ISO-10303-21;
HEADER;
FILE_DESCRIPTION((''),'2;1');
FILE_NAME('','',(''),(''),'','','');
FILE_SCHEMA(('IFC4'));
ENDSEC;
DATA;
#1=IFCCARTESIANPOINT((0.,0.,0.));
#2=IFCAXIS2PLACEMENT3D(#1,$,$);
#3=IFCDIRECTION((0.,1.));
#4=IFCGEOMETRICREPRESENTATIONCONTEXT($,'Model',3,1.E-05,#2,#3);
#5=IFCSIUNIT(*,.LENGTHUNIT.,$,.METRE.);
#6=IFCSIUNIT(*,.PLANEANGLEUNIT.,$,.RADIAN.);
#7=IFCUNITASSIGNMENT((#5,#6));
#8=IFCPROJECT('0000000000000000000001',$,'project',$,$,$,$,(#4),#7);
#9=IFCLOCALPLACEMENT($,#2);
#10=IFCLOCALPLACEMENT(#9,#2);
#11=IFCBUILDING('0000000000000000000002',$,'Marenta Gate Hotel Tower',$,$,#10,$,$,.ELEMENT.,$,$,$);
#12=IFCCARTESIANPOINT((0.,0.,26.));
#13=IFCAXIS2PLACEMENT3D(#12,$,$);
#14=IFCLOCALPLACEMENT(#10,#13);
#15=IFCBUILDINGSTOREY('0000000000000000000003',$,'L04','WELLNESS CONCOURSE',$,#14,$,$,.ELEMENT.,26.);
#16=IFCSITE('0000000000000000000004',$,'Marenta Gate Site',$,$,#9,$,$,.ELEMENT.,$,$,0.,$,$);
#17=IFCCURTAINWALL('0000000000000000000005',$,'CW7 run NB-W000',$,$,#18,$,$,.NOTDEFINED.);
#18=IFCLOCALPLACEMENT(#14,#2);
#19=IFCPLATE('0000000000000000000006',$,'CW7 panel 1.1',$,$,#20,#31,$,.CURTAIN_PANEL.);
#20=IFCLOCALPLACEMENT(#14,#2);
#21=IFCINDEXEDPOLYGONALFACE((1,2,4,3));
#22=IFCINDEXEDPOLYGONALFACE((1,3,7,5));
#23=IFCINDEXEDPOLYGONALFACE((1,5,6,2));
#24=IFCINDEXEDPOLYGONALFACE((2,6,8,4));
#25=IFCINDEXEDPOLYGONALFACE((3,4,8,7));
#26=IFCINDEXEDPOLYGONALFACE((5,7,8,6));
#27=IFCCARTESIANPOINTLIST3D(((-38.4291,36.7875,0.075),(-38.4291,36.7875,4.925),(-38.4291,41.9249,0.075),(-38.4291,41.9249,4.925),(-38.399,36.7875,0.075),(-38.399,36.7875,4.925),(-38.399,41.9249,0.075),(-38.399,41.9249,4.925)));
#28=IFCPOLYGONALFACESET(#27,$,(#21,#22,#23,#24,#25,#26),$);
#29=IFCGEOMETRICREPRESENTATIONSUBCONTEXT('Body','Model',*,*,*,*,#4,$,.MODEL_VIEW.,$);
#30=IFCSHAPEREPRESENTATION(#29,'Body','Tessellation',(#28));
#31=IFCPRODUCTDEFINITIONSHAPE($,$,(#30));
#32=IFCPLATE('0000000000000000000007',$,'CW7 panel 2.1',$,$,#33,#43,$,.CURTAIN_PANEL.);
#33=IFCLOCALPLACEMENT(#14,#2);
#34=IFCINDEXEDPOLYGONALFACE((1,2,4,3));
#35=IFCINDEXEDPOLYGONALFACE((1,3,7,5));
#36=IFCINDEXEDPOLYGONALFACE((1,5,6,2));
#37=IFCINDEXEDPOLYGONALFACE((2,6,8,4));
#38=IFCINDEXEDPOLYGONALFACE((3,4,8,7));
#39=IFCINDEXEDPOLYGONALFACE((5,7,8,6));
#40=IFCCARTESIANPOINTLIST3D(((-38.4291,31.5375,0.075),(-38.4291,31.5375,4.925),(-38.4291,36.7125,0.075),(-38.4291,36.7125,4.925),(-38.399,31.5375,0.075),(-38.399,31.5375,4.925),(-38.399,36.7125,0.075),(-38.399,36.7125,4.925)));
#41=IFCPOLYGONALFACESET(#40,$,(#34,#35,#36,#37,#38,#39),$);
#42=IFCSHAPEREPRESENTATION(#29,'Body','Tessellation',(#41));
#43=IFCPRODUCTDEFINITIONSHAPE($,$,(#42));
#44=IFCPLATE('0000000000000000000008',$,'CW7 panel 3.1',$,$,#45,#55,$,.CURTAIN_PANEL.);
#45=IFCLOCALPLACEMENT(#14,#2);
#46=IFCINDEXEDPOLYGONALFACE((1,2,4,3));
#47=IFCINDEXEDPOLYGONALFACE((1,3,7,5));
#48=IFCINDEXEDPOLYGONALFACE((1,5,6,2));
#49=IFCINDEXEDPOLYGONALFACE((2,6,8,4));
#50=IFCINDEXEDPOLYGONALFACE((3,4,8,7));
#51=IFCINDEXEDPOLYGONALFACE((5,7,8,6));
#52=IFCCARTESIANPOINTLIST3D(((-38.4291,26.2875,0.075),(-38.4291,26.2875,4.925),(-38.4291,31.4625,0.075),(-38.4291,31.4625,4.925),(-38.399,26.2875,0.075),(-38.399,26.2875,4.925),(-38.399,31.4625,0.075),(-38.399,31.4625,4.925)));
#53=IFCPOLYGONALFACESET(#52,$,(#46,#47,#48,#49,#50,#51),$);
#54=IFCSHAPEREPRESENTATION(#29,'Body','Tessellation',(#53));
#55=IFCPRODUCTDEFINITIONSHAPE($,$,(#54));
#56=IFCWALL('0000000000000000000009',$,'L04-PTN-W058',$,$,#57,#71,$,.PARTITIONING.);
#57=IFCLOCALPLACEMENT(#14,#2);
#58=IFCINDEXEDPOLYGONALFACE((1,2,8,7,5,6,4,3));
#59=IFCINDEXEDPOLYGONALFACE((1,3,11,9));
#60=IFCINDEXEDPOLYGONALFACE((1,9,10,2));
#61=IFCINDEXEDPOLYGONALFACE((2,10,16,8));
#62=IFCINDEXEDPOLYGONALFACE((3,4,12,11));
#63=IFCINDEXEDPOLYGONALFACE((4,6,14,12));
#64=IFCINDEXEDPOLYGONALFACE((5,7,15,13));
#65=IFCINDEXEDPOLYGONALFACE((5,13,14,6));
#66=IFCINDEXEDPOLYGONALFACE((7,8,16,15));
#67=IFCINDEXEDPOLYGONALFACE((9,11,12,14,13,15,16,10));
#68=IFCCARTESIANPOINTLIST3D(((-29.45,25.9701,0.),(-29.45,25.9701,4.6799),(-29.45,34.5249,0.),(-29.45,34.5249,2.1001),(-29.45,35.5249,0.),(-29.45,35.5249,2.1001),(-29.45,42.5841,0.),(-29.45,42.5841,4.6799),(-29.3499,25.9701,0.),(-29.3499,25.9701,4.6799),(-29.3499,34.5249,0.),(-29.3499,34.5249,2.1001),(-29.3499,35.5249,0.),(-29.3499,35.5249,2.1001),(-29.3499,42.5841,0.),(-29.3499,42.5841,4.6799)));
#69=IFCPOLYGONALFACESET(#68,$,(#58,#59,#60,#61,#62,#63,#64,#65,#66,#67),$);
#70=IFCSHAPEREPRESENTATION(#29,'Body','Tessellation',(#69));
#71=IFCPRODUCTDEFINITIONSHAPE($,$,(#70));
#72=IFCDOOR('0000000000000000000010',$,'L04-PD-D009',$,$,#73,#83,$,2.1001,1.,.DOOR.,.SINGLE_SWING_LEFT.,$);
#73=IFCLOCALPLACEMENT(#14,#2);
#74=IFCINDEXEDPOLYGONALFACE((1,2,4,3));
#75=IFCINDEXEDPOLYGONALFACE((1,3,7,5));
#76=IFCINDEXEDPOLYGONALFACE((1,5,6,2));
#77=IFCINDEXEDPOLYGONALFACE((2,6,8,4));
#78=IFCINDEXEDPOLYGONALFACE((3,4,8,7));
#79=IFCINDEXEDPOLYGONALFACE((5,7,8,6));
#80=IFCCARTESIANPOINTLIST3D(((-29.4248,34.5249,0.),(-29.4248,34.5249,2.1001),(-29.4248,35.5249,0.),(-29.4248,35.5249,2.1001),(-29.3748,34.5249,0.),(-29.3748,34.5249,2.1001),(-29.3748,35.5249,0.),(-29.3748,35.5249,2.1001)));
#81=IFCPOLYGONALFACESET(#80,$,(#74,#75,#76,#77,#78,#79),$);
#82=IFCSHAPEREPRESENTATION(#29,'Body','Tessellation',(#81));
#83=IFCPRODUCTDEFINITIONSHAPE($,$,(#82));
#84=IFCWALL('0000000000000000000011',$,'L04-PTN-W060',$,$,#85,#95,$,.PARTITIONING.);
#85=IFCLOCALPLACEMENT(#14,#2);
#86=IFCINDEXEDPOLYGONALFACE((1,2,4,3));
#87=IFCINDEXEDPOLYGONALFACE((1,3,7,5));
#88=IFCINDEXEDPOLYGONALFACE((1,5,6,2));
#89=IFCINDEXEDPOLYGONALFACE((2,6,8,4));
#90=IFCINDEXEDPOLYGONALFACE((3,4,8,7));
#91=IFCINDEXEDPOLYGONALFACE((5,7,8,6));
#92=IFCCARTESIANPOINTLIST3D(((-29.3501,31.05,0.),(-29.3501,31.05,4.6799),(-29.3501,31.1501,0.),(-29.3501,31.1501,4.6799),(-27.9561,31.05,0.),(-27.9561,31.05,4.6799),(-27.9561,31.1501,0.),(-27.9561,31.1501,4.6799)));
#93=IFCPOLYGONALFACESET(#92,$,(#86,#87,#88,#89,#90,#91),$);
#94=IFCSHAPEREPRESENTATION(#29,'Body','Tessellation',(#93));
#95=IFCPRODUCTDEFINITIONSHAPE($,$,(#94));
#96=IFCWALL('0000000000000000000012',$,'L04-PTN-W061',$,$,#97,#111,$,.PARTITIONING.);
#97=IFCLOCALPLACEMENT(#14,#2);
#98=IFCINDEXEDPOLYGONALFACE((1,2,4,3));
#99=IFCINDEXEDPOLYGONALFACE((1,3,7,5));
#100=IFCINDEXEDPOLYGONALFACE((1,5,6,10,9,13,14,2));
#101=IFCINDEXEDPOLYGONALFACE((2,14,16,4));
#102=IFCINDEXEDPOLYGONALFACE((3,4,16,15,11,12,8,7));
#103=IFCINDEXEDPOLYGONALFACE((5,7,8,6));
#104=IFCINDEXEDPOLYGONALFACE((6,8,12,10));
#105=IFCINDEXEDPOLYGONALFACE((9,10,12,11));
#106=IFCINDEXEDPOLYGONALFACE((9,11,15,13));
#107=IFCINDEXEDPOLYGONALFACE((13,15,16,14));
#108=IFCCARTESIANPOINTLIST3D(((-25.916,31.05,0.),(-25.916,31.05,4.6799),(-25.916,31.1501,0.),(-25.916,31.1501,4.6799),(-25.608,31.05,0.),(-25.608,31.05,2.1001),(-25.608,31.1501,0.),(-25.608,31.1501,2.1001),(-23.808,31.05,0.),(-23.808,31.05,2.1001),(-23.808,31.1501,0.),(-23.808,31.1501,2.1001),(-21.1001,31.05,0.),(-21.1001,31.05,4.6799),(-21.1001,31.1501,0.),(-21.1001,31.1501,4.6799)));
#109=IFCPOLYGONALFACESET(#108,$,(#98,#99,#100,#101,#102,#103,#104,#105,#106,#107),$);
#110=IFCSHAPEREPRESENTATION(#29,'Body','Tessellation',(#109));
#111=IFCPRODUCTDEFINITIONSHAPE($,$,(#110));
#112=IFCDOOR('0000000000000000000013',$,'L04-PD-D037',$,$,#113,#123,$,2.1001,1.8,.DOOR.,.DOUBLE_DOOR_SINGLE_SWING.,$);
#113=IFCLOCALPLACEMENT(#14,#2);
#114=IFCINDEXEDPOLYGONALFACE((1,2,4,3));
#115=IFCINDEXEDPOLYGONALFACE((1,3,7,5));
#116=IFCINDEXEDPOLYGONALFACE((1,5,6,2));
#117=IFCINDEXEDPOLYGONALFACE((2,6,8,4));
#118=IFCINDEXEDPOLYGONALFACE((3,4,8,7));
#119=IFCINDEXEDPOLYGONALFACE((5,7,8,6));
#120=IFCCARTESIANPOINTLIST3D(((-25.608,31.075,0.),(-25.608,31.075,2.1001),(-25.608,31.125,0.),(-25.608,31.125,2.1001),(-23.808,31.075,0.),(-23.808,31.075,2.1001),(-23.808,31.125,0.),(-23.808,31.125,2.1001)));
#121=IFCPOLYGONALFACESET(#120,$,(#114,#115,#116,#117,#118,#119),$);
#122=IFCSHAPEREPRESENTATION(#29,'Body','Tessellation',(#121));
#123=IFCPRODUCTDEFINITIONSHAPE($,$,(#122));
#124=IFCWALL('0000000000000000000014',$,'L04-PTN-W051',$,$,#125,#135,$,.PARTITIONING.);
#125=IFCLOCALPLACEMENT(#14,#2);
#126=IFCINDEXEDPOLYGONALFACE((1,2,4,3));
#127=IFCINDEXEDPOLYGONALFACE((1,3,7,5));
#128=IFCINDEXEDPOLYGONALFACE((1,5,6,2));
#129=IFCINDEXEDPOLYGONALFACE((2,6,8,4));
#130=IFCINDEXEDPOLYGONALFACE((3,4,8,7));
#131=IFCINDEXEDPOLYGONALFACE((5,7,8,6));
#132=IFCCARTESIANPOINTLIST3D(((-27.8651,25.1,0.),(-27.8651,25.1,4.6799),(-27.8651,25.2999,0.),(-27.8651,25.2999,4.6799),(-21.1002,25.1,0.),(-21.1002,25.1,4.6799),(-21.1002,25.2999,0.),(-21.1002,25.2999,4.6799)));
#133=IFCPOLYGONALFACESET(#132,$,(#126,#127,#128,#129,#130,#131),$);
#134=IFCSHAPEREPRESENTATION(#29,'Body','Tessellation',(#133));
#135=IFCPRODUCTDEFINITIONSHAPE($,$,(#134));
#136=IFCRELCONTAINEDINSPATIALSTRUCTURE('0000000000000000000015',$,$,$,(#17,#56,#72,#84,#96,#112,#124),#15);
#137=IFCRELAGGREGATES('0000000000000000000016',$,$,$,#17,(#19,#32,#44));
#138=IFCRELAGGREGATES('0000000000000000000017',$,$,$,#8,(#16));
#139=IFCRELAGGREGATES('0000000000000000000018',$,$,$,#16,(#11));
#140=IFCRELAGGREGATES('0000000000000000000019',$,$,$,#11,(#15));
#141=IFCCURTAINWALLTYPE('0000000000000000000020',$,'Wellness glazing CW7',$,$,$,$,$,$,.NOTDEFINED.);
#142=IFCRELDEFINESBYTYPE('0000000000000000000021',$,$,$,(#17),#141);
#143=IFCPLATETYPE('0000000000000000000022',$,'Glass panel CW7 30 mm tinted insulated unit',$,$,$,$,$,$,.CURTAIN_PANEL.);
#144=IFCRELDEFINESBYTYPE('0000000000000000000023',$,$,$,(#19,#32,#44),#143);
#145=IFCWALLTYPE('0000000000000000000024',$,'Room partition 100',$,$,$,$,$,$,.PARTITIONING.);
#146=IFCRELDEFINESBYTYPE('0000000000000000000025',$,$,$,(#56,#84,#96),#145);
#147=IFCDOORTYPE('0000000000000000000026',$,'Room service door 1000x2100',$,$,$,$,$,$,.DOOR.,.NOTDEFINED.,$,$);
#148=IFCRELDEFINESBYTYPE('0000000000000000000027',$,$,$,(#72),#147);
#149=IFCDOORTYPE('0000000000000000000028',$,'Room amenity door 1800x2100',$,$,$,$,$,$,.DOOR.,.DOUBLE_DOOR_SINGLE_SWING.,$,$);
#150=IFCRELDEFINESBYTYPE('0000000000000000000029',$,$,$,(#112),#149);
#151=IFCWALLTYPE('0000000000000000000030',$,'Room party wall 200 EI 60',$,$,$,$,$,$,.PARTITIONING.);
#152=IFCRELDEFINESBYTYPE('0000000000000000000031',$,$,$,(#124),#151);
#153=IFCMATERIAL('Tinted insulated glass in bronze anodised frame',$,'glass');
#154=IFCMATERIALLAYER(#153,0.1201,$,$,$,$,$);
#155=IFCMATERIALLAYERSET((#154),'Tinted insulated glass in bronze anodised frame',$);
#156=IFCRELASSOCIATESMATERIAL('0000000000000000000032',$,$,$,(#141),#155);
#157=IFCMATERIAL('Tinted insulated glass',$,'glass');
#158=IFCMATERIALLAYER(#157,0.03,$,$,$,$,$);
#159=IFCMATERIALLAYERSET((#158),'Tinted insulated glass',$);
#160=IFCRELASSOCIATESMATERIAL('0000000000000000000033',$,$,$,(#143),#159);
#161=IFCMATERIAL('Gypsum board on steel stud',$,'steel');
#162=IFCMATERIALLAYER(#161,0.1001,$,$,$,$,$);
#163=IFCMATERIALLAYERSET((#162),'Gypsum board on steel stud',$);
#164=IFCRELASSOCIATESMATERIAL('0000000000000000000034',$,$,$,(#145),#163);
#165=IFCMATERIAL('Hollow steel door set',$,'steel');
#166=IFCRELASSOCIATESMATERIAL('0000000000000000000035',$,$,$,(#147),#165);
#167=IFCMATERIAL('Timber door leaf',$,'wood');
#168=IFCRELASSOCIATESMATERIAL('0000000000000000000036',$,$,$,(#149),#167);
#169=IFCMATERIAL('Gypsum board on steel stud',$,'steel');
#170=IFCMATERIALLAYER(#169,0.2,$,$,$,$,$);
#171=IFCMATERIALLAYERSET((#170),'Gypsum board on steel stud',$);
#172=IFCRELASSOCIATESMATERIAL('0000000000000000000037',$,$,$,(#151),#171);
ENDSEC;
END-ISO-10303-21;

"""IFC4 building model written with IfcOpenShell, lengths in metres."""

from ifc_helpers import new_model, si_unit, direction, frame, frame_2d, origin, origin_2d, place, context, subcontext, project, spatial, rectangle, extrude, material, layer, layer_set, type_object, element, fill, aggregate, save


model = new_model("IFC4")

# Units and contexts
model_context = context("Model", 3, precision=1e-05, world=origin(), true_north=direction((0.0, 1.0)))
body_context = subcontext(model_context, "Body", "Model", "MODEL_VIEW")
ifc_project = project(units=[si_unit("LENGTHUNIT", "METRE"), si_unit("PLANEANGLEUNIT", "RADIAN")], contexts=[model_context])

# Site, building, storey
site_placement = place(None, origin())
site = spatial("IfcSite", under=ifc_project, at=site_placement, Name="Marenta Gate Site", CompositionType="ELEMENT", RefElevation=0.0)
building_placement = place(site_placement, origin())
building = spatial("IfcBuilding", under=site, at=building_placement, Name="Marenta Gate Hotel Tower", CompositionType="ELEMENT")
storey_placement = place(building_placement, frame((0.0, 0.0, 26.0)))
storey = spatial("IfcBuildingStorey", under=building, at=storey_placement, Name="L04", Description="WELLNESS CONCOURSE", CompositionType="ELEMENT", Elevation=26.0)

# Curtain wall
ifc_material_1 = material(Name="Tinted insulated glass in bronze anodised frame", Category="glass")
ifc_layer_1 = layer(ifc_material_1, 0.1201)
ifc_layer_set_1 = layer_set([ifc_layer_1], Name="Tinted insulated glass in bronze anodised frame")
curtain_wall_type = type_object("IfcCurtainWallType", Name="Wellness glazing CW7", PredefinedType="NOTDEFINED", material=ifc_layer_set_1)
curtain_wall_placement = place(storey_placement, origin())
curtain_wall = element("IfcCurtainWall", 1, at=curtain_wall_placement, inside=storey, type_object=curtain_wall_type, Name="CW7 run NB-W000", PredefinedType="NOTDEFINED")

# Plates
ifc_material_2 = material(Name="Tinted insulated glass", Category="glass")
ifc_layer_2 = layer(ifc_material_2, 0.03)
ifc_layer_set_2 = layer_set([ifc_layer_2], Name="Tinted insulated glass")
plate_type = type_object("IfcPlateType", Name="Glass panel CW7 30 mm tinted insulated unit", PredefinedType="CURTAIN_PANEL", material=ifc_layer_set_2)
plate_1_placement = place(storey_placement, frame((-38.4141, 39.3562, 0.075), z_axis=(0.0, 0.0, 1.0), x_axis=(0.0, -1.0, 0.0)))
plate_1 = element("IfcPlate", 2, at=plate_1_placement, type_object=plate_type, Name="CW7 panel 1.1", PredefinedType="CURTAIN_PANEL", context=body_context, shape_type="SweptSolid", body=[
    extrude(rectangle(XDim=5.1375, YDim=0.03, at=origin_2d()), origin(), (0.0, 0.0, 1.0), 4.8501),
])
plate_2_placement = place(storey_placement, frame((-38.4141, 34.125, 0.075), z_axis=(0.0, 0.0, 1.0), x_axis=(0.0, -1.0, 0.0)))
plate_2 = element("IfcPlate", 3, at=plate_2_placement, type_object=plate_type, Name="CW7 panel 2.1", PredefinedType="CURTAIN_PANEL", context=body_context, shape_type="SweptSolid", body=[
    extrude(rectangle(XDim=5.175, YDim=0.03, at=origin_2d()), origin(), (0.0, 0.0, 1.0), 4.8501),
])
plate_3_placement = place(storey_placement, frame((-38.4141, 28.875, 0.075), z_axis=(0.0, 0.0, 1.0), x_axis=(0.0, -1.0, 0.0)))
plate_3 = element("IfcPlate", 4, at=plate_3_placement, type_object=plate_type, Name="CW7 panel 3.1", PredefinedType="CURTAIN_PANEL", context=body_context, shape_type="SweptSolid", body=[
    extrude(rectangle(XDim=5.175, YDim=0.03, at=origin_2d()), origin(), (0.0, 0.0, 1.0), 4.8501),
])
aggregate(curtain_wall, [plate_1, plate_2, plate_3])

# Wall, opening, door
ifc_material_3 = material(Name="Gypsum board on steel stud", Category="steel")
ifc_layer_3 = layer(ifc_material_3, 0.1001)
ifc_layer_set_3 = layer_set([ifc_layer_3], Name="Gypsum board on steel stud")
wall_type_1 = type_object("IfcWallType", Name="Room partition 100", PredefinedType="PARTITIONING", material=ifc_layer_set_3)
wall_1_placement = place(storey_placement, frame((-29.3999, 25.97, 0.0), z_axis=(0.0, 0.0, 1.0), x_axis=(0.0, 1.0, 0.0)))
wall_1 = element("IfcWall", 5, at=wall_1_placement, inside=storey, type_object=wall_type_1, Name="L04-PTN-W058", PredefinedType="PARTITIONING", context=body_context, shape_type="SweptSolid", body=[
    extrude(rectangle(XDim=16.614, YDim=0.1001, at=frame_2d((8.3071, 0.0))), origin(), (0.0, 0.0, 1.0), 4.6799),
])
opening_1_placement = place(wall_1_placement, frame((8.5549, 0.0, 0.0)))
opening_1 = element("IfcOpeningElement", 6, at=opening_1_placement, cuts=wall_1, PredefinedType="OPENING", context=body_context, shape_type="SweptSolid", body=[
    extrude(rectangle(XDim=1.0, YDim=2.1001, at=frame_2d((0.5, 1.05))), frame((0.0, 0.05, 0.0), z_axis=(0.0, -1.0, 0.0), x_axis=(1.0, 0.0, 0.0)), (0.0, 0.0, 1.0), 0.1001),
])
ifc_material_4 = material(Name="Hollow steel door set", Category="steel")
door_type_1 = type_object("IfcDoorType", Name="Room service door 1000x2100", OperationType="NOTDEFINED", PredefinedType="DOOR", material=ifc_material_4)
door_1_placement = place(opening_1_placement, origin())
door_1 = element("IfcDoor", 7, at=door_1_placement, inside=storey, type_object=door_type_1, Name="L04-PD-D009", OperationType="SINGLE_SWING_LEFT", OverallHeight=2.1001, OverallWidth=1.0, PredefinedType="DOOR", context=body_context, shape_type="SweptSolid", body=[
    extrude(rectangle(XDim=1.0, YDim=2.1001, at=frame_2d((0.5, 1.05))), frame((0.0, 0.0249, 0.0), z_axis=(0.0, -1.0, 0.0), x_axis=(1.0, 0.0, 0.0)), (0.0, 0.0, 1.0), 0.05),
])
fill(opening_1, door_1)

# Wall
wall_2_placement = place(storey_placement, frame((-29.3501, 31.1001, 0.0), z_axis=(0.0, 0.0, 1.0), x_axis=(1.0, 0.0, 0.0)))
element("IfcWall", 8, at=wall_2_placement, inside=storey, type_object=wall_type_1, Name="L04-PTN-W060", PredefinedType="PARTITIONING", context=body_context, shape_type="SweptSolid", body=[
    extrude(rectangle(XDim=1.394, YDim=0.1001, at=frame_2d((0.697, 0.0))), origin(), (0.0, 0.0, 1.0), 4.6799),
])

# Wall, opening, door
wall_3_placement = place(storey_placement, frame((-25.916, 31.1001, 0.0), z_axis=(0.0, 0.0, 1.0), x_axis=(1.0, 0.0, 0.0)))
wall_3 = element("IfcWall", 9, at=wall_3_placement, inside=storey, type_object=wall_type_1, Name="L04-PTN-W061", PredefinedType="PARTITIONING", context=body_context, shape_type="SweptSolid", body=[
    extrude(rectangle(XDim=4.8159, YDim=0.1001, at=frame_2d((2.408, 0.0))), origin(), (0.0, 0.0, 1.0), 4.6799),
])
opening_2_placement = place(wall_3_placement, frame((0.3081, 0.0, 0.0)))
opening_2 = element("IfcOpeningElement", 10, at=opening_2_placement, cuts=wall_3, PredefinedType="OPENING", context=body_context, shape_type="SweptSolid", body=[
    extrude(rectangle(XDim=1.8, YDim=2.1001, at=frame_2d((0.8999, 1.05))), frame((0.0, 0.05, 0.0), z_axis=(0.0, -1.0, 0.0), x_axis=(1.0, 0.0, 0.0)), (0.0, 0.0, 1.0), 0.1001),
])
ifc_material_5 = material(Name="Timber door leaf", Category="wood")
door_type_2 = type_object("IfcDoorType", Name="Room amenity door 1800x2100", OperationType="DOUBLE_DOOR_SINGLE_SWING", PredefinedType="DOOR", material=ifc_material_5)
door_2_placement = place(opening_2_placement, origin())
door_2 = element("IfcDoor", 11, at=door_2_placement, inside=storey, type_object=door_type_2, Name="L04-PD-D037", OperationType="DOUBLE_DOOR_SINGLE_SWING", OverallHeight=2.1001, OverallWidth=1.8, PredefinedType="DOOR", context=body_context, shape_type="SweptSolid", body=[
    extrude(rectangle(XDim=1.8, YDim=2.1001, at=frame_2d((0.8999, 1.05))), frame((0.0, 0.0249, 0.0), z_axis=(0.0, -1.0, 0.0), x_axis=(1.0, 0.0, 0.0)), (0.0, 0.0, 1.0), 0.05),
])
fill(opening_2, door_2)

# Wall
ifc_material_6 = material(Name="Gypsum board on steel stud", Category="steel")
ifc_layer_4 = layer(ifc_material_6, 0.2)
ifc_layer_set_4 = layer_set([ifc_layer_4], Name="Gypsum board on steel stud")
wall_type_2 = type_object("IfcWallType", Name="Room party wall 200 EI 60", PredefinedType="PARTITIONING", material=ifc_layer_set_4)
wall_4_placement = place(storey_placement, frame((-27.865, 25.2, 0.0), z_axis=(0.0, 0.0, 1.0), x_axis=(1.0, 0.0, 0.0)))
element("IfcWall", 12, at=wall_4_placement, inside=storey, type_object=wall_type_2, Name="L04-PTN-W051", PredefinedType="PARTITIONING", context=body_context, shape_type="SweptSolid", body=[
    extrude(rectangle(XDim=6.7649, YDim=0.2, at=frame_2d((3.3823, 0.0))), origin(), (0.0, 0.0, 1.0), 4.6799),
])

save(model, "model.ifc")
